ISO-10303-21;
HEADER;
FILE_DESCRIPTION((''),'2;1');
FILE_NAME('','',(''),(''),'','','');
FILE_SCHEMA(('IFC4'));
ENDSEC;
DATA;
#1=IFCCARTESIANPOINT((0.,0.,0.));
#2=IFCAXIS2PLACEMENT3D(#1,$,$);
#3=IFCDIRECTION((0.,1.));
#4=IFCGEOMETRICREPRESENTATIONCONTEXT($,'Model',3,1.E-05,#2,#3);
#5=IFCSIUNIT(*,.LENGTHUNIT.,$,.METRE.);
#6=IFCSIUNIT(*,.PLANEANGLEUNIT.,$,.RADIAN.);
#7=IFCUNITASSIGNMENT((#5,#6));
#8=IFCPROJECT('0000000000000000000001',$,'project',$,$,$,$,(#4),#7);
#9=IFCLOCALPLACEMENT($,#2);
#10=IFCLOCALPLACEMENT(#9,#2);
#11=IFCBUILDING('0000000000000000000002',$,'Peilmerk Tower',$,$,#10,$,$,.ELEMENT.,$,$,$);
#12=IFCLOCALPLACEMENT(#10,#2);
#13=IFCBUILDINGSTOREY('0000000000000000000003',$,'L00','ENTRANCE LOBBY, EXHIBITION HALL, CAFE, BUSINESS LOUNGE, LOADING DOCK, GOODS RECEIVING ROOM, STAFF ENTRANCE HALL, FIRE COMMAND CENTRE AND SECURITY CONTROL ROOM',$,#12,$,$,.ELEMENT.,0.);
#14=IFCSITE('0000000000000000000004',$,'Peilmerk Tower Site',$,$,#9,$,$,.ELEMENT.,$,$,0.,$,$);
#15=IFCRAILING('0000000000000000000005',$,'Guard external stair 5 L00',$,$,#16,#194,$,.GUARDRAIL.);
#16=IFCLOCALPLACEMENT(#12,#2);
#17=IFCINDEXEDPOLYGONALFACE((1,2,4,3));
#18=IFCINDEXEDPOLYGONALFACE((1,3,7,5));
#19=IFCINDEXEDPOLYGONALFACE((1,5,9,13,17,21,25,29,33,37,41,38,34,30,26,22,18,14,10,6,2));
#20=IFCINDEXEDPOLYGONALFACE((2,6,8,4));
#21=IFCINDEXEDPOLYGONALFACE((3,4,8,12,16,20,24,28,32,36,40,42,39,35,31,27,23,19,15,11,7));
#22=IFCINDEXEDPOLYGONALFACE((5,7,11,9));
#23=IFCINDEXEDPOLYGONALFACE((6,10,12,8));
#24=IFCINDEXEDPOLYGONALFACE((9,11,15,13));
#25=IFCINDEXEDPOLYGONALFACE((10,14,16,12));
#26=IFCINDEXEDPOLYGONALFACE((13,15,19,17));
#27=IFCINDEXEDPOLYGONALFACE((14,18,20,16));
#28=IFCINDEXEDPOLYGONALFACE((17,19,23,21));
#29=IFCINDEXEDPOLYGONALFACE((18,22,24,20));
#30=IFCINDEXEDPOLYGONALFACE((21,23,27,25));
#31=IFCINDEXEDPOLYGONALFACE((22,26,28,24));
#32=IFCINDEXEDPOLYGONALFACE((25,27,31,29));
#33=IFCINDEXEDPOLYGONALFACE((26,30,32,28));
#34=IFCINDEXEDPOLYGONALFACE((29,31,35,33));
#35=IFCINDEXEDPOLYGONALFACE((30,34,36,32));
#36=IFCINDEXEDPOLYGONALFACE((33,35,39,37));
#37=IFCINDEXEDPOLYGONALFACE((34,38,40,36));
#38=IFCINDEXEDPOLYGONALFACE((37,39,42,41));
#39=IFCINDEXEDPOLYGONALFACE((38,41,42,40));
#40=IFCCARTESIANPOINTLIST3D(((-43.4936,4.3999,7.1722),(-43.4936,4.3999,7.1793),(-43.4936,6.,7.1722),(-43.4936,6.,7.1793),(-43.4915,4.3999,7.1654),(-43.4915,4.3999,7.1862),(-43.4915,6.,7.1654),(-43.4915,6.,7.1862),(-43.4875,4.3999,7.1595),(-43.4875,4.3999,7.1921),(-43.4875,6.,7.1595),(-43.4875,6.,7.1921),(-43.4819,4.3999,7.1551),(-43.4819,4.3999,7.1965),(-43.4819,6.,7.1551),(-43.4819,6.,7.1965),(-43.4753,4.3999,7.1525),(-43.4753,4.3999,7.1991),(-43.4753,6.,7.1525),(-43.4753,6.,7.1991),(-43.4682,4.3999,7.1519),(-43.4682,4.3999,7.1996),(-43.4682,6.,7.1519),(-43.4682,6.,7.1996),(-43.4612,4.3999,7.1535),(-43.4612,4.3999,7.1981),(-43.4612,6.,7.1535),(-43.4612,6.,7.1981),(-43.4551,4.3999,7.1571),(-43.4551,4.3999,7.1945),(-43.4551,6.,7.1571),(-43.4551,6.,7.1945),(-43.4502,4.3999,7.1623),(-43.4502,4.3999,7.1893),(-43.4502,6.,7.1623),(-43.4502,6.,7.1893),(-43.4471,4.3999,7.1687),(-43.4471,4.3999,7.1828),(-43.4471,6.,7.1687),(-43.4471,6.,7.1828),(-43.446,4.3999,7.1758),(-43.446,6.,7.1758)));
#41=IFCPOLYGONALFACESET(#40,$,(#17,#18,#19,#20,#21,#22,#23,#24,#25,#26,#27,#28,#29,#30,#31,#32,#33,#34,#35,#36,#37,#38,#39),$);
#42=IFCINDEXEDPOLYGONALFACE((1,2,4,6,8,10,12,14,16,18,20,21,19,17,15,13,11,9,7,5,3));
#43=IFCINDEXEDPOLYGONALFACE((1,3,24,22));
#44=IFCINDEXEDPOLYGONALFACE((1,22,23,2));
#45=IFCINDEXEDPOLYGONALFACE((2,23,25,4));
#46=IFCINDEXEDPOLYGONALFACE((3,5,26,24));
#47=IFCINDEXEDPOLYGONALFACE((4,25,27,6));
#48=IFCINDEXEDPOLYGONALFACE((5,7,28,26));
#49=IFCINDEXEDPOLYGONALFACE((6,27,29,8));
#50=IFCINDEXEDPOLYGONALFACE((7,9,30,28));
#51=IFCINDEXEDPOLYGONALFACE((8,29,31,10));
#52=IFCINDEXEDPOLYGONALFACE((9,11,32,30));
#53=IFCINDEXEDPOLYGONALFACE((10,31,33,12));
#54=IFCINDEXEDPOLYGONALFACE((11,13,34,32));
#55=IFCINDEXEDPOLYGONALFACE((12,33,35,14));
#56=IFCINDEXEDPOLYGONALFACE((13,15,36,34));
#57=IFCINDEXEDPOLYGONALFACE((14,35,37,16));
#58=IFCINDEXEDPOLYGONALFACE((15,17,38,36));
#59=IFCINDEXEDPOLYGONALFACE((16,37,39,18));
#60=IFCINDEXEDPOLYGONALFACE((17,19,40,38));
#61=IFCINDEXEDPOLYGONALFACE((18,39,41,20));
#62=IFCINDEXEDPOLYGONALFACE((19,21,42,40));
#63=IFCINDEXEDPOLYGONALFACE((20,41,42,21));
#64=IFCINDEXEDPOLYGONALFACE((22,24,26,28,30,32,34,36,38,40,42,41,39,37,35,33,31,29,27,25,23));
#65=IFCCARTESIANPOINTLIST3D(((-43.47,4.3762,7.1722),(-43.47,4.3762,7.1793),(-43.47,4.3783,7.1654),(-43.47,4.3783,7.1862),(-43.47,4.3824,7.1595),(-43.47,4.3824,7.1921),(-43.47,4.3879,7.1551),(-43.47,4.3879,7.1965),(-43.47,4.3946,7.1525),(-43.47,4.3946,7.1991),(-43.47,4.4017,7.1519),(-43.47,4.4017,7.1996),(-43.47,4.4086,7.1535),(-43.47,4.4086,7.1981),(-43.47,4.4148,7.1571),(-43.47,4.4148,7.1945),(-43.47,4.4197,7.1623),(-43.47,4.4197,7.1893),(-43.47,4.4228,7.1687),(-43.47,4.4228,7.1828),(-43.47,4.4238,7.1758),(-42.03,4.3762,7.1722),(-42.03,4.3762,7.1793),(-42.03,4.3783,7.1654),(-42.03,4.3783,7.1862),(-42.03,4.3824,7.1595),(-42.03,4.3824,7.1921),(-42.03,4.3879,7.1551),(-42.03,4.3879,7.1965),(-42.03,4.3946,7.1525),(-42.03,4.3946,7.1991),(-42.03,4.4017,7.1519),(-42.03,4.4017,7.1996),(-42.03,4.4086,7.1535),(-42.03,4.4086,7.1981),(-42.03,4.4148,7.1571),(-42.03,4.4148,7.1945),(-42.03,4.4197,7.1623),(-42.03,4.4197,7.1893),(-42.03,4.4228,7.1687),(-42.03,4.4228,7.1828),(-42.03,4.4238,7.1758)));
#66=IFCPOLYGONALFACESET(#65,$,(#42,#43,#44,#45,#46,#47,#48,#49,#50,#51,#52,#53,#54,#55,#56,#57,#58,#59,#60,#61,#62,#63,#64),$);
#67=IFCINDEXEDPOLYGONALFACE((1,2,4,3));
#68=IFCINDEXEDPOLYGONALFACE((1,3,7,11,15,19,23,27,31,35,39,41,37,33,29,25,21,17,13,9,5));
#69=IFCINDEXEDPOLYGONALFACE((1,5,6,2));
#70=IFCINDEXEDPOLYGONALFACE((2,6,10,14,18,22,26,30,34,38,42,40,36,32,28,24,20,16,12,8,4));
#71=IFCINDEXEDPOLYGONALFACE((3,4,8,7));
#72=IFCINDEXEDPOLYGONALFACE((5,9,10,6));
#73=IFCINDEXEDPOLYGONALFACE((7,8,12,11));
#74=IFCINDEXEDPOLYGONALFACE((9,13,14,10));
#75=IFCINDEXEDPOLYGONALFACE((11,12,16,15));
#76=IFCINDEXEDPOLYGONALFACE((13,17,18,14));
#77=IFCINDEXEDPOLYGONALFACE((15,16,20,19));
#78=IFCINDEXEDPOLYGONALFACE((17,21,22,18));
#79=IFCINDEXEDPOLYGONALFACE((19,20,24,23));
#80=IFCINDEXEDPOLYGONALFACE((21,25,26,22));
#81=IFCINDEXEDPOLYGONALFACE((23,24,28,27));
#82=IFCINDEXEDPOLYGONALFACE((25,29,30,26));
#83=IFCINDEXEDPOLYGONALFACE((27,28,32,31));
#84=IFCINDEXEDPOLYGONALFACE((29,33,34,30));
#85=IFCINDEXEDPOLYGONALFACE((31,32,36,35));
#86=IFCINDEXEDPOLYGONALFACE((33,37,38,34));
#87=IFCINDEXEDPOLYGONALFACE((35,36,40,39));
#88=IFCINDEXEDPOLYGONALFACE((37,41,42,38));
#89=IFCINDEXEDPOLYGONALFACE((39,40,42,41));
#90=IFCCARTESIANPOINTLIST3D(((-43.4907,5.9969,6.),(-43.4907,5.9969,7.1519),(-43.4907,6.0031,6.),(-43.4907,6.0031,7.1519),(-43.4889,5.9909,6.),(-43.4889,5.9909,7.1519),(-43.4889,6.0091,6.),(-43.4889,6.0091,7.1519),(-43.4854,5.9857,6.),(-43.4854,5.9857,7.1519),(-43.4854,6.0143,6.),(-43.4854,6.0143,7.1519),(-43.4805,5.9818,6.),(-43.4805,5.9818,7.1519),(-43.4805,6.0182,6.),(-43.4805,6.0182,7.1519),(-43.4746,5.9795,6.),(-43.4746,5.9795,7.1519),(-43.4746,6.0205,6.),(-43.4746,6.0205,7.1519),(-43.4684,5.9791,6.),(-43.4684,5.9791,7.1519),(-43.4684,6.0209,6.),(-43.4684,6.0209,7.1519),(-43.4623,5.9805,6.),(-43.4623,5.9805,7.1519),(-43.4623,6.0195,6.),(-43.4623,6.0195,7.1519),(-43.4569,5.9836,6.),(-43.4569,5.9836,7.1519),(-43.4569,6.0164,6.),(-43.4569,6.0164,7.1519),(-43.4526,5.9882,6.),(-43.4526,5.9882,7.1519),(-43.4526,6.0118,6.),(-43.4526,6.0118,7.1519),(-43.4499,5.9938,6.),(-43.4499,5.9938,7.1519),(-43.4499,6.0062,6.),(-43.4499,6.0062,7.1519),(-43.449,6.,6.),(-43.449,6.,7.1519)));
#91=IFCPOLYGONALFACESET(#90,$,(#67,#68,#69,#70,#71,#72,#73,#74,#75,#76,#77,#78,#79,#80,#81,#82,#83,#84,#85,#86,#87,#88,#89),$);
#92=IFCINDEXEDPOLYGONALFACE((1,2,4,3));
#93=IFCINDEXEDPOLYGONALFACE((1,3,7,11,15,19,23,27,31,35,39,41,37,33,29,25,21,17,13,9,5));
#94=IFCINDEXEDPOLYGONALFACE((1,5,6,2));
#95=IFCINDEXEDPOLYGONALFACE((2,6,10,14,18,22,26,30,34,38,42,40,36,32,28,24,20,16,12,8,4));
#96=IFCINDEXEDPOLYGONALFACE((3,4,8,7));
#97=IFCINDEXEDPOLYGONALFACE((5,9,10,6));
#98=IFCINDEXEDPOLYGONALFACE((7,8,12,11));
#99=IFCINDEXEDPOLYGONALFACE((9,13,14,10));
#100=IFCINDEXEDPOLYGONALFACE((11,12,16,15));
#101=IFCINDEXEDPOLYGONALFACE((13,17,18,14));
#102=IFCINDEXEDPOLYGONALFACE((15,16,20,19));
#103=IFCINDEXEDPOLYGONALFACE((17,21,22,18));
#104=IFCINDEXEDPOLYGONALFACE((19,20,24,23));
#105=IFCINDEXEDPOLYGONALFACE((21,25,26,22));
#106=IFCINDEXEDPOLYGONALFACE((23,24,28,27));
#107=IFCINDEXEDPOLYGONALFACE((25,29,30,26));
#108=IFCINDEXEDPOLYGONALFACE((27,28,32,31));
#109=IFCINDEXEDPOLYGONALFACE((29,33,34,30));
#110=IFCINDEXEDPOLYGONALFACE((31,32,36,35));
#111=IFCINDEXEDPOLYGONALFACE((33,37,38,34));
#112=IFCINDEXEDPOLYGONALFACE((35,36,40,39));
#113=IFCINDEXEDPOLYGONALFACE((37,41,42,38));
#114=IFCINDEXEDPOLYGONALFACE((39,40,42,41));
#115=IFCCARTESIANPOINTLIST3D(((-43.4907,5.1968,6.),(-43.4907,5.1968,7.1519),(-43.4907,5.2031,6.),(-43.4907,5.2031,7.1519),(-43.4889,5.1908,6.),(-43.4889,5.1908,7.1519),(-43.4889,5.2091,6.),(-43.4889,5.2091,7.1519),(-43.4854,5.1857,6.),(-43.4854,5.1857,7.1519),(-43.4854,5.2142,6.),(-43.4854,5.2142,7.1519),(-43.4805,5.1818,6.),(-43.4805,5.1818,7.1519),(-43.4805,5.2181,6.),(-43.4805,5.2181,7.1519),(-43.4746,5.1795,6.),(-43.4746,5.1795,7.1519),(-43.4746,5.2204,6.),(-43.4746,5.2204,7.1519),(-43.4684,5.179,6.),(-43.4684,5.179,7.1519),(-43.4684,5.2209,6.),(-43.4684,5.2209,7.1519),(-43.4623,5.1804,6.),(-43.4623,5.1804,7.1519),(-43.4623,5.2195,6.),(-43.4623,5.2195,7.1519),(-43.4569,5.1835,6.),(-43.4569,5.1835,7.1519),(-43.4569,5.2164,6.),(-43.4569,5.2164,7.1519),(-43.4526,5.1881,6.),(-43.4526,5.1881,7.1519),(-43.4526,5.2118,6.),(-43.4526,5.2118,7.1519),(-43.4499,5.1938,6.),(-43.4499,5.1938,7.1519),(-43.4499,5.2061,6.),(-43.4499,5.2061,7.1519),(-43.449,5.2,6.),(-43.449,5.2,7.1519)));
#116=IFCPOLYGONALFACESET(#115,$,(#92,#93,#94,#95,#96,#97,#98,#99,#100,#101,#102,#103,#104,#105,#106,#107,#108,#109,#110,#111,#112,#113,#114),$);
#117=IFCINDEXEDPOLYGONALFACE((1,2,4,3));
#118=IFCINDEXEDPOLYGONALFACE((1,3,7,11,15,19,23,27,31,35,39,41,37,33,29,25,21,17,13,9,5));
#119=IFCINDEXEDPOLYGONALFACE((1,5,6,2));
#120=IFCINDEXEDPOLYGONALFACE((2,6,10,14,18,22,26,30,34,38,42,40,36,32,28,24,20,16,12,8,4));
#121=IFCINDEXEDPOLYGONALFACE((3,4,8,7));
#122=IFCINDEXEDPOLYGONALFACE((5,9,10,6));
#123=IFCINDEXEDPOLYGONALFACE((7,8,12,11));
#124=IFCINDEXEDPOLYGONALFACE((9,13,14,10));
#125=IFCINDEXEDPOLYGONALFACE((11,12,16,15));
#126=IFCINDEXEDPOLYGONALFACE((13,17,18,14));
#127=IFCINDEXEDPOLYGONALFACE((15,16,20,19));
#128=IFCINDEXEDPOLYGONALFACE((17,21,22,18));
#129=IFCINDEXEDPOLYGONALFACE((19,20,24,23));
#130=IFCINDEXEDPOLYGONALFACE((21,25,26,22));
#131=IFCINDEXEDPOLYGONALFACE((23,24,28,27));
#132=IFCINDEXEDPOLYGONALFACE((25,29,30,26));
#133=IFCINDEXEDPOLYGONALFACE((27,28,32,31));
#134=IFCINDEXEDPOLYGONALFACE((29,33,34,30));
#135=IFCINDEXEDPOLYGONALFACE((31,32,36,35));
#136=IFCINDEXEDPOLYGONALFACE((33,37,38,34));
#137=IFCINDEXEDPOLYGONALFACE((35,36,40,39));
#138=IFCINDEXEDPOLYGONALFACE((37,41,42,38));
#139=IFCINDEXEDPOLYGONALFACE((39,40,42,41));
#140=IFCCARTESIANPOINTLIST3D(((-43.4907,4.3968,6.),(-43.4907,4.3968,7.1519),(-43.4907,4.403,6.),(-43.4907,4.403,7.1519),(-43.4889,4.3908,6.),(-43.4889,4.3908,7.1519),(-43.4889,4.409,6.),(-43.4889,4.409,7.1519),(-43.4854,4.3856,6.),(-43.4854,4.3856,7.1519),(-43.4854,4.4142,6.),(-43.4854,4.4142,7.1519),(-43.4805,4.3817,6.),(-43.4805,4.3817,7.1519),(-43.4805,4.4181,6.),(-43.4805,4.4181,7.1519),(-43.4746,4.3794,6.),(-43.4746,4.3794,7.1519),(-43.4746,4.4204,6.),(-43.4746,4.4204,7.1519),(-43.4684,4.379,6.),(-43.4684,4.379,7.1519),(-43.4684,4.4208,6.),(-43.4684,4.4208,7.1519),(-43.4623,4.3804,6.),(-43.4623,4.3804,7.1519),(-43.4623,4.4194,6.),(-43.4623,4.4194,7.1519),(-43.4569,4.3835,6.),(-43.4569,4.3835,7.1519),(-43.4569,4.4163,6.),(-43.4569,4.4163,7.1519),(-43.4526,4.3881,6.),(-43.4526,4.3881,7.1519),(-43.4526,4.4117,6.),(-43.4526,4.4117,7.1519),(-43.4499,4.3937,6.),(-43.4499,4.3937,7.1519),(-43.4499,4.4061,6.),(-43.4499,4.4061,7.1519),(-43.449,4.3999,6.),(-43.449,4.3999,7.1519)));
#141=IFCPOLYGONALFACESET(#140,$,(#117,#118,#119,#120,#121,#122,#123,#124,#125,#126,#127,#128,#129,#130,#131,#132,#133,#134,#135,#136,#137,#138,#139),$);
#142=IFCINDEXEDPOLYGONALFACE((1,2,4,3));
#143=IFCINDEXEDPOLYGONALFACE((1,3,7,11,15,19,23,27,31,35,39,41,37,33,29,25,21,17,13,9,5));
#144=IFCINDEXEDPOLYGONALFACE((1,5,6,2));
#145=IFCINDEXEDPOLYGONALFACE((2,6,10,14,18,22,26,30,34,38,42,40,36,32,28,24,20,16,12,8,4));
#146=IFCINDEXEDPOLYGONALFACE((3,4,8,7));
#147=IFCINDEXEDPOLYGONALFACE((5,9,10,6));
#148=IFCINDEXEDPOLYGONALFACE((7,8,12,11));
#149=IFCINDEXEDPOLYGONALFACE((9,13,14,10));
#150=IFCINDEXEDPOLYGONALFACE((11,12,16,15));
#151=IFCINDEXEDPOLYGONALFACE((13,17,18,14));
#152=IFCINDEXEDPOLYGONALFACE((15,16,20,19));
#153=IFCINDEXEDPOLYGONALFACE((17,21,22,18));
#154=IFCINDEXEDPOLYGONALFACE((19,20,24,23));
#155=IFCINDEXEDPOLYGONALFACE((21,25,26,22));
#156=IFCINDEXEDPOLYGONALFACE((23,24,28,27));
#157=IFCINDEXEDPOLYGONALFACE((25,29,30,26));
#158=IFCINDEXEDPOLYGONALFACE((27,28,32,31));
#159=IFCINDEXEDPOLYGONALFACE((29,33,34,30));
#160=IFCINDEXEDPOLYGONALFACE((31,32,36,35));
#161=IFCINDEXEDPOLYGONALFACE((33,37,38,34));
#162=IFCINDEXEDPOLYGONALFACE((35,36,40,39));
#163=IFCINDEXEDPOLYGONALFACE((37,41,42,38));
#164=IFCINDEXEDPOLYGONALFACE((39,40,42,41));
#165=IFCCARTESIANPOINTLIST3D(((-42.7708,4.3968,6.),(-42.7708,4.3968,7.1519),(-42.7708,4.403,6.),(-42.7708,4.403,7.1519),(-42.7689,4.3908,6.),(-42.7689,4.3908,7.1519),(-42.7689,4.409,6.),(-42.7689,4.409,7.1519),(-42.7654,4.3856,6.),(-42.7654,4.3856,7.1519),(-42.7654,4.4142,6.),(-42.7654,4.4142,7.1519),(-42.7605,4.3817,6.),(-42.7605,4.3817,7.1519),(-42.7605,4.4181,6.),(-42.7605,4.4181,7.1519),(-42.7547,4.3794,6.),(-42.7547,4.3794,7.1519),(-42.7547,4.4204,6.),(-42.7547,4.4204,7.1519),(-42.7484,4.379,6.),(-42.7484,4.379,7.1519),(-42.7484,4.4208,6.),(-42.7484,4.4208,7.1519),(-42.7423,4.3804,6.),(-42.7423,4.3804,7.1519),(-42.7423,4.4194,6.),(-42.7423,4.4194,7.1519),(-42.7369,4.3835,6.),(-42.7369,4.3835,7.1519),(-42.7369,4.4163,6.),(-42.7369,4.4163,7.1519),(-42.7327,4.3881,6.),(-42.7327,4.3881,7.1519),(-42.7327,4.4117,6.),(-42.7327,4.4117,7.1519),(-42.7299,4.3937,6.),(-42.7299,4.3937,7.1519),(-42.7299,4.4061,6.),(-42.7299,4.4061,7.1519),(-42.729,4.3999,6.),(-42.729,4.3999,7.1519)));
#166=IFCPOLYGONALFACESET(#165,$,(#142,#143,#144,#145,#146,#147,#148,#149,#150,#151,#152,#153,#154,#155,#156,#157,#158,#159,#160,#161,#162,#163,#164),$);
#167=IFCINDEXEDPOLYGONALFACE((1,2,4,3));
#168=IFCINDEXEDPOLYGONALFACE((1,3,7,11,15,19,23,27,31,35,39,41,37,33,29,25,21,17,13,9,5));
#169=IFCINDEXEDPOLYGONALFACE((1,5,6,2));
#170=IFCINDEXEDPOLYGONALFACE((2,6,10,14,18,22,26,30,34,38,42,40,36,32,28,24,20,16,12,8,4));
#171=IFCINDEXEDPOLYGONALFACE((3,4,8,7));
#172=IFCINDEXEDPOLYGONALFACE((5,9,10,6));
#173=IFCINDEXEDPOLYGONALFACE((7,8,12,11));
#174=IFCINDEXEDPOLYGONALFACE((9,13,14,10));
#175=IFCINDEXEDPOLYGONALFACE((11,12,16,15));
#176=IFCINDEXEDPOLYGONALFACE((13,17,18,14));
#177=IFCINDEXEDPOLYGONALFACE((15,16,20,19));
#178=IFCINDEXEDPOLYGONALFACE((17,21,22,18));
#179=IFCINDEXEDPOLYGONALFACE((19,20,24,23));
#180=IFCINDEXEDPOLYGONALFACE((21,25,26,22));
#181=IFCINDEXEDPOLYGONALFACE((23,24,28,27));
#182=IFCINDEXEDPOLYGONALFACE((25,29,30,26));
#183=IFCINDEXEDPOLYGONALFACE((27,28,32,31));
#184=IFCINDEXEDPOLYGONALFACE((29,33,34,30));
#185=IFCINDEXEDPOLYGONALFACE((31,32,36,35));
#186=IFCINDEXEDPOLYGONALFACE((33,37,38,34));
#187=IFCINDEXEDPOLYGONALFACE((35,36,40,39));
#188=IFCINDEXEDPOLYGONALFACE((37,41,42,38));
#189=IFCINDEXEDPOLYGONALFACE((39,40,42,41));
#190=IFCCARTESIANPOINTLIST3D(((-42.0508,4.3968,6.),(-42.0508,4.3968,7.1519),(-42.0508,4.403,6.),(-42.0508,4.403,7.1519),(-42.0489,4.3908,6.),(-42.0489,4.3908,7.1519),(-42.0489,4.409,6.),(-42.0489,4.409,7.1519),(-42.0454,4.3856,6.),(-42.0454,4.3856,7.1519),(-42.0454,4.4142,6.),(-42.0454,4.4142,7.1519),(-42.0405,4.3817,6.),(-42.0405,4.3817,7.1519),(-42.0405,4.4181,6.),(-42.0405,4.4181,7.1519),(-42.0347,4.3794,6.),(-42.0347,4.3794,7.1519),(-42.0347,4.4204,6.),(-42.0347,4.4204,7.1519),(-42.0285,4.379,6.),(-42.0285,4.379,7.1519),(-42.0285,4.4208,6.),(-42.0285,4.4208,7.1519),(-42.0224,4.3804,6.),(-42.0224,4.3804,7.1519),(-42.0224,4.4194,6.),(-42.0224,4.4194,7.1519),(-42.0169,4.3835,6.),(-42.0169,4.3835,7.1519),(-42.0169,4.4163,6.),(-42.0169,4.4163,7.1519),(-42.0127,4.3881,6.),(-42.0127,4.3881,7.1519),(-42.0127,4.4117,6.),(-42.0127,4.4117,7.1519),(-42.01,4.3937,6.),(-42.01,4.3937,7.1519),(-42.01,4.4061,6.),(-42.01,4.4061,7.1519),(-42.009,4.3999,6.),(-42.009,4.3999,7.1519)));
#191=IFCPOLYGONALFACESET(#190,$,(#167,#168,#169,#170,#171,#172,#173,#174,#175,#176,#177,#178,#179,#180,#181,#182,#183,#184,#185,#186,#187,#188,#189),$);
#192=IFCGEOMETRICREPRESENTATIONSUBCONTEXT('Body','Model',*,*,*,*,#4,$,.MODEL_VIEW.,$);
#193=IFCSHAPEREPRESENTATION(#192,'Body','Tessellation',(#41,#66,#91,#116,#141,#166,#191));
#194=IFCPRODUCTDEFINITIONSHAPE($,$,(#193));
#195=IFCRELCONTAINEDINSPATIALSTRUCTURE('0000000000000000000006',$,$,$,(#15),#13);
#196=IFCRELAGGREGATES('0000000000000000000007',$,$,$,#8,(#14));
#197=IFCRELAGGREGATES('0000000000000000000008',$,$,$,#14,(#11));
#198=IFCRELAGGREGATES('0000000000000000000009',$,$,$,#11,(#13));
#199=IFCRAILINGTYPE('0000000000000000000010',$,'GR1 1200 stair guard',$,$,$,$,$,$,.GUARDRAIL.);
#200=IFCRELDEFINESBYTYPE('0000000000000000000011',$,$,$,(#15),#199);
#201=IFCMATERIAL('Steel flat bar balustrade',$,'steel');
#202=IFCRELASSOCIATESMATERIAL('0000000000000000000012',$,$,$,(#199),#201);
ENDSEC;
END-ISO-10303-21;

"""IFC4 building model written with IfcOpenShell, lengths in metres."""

from ifc_helpers import new_model, si_unit, direction, frame, origin, origin_2d, place, context, subcontext, project, spatial, circle, extrude, material, type_object, element, save


model = new_model("IFC4")

# Units and contexts
model_context = context("Model", 3, precision=1e-05, world=origin(), true_north=direction((0.0, 1.0)))
body_context = subcontext(model_context, "Body", "Model", "MODEL_VIEW")
ifc_project = project(units=[si_unit("LENGTHUNIT", "METRE"), si_unit("PLANEANGLEUNIT", "RADIAN")], contexts=[model_context])

# Site, building, storey
site_placement = place(None, origin())
site = spatial("IfcSite", under=ifc_project, at=site_placement, Name="Peilmerk Tower Site", CompositionType="ELEMENT", RefElevation=0.0)
building_placement = place(site_placement, origin())
building = spatial("IfcBuilding", under=site, at=building_placement, Name="Peilmerk Tower", CompositionType="ELEMENT")
storey_placement = place(building_placement, origin())
storey = spatial("IfcBuildingStorey", under=building, at=storey_placement, Name="L00", Description="ENTRANCE LOBBY, EXHIBITION HALL, CAFE, BUSINESS LOUNGE, LOADING DOCK, GOODS RECEIVING ROOM, STAFF ENTRANCE HALL, FIRE COMMAND CENTRE AND SECURITY CONTROL ROOM", CompositionType="ELEMENT", Elevation=0.0)

# Railing
ifc_material_1 = material(Name="Steel flat bar balustrade", Category="steel")
railing_type_1 = type_object("IfcRailingType", Name="GR1 1200 stair guard", PredefinedType="GUARDRAIL", material=ifc_material_1)
railing_1_placement = place(storey_placement, frame((-43.47, 6.0, 6.0)))
element("IfcRailing", 1, at=railing_1_placement, inside=storey, type_object=railing_type_1, Name="Guard external stair 5 L00", PredefinedType="GUARDRAIL", context=body_context, shape_type="SweptSolid", body=[
    extrude(circle(Radius=0.0239, at=origin_2d()), frame((0.0, 0.0, 1.1758), z_axis=(0.0, -1.0, 0.0), x_axis=(1.0, 0.0, 0.0)), (0.0, 0.0, 1.0), 1.6001),
    extrude(circle(Radius=0.0239, at=origin_2d()), frame((0.0, -1.6001, 1.1758), z_axis=(1.0, 0.0, 0.0), x_axis=(0.0, 1.0, 0.0)), (0.0, 0.0, 1.0), 1.4399),
    extrude(circle(Radius=0.021, at=origin_2d()), origin(), (0.0, 0.0, 1.0), 1.1519),
    extrude(circle(Radius=0.021, at=origin_2d()), frame((0.0, -0.8, 0.0)), (0.0, 0.0, 1.0), 1.1519),
    extrude(circle(Radius=0.021, at=origin_2d()), frame((0.0, -1.6001, 0.0)), (0.0, 0.0, 1.0), 1.1519),
    extrude(circle(Radius=0.021, at=origin_2d()), frame((0.72, -1.6001, 0.0)), (0.0, 0.0, 1.0), 1.1519),
    extrude(circle(Radius=0.021, at=origin_2d()), frame((1.4399, -1.6001, 0.0)), (0.0, 0.0, 1.0), 1.1519),
])

save(model, "model.ifc")
